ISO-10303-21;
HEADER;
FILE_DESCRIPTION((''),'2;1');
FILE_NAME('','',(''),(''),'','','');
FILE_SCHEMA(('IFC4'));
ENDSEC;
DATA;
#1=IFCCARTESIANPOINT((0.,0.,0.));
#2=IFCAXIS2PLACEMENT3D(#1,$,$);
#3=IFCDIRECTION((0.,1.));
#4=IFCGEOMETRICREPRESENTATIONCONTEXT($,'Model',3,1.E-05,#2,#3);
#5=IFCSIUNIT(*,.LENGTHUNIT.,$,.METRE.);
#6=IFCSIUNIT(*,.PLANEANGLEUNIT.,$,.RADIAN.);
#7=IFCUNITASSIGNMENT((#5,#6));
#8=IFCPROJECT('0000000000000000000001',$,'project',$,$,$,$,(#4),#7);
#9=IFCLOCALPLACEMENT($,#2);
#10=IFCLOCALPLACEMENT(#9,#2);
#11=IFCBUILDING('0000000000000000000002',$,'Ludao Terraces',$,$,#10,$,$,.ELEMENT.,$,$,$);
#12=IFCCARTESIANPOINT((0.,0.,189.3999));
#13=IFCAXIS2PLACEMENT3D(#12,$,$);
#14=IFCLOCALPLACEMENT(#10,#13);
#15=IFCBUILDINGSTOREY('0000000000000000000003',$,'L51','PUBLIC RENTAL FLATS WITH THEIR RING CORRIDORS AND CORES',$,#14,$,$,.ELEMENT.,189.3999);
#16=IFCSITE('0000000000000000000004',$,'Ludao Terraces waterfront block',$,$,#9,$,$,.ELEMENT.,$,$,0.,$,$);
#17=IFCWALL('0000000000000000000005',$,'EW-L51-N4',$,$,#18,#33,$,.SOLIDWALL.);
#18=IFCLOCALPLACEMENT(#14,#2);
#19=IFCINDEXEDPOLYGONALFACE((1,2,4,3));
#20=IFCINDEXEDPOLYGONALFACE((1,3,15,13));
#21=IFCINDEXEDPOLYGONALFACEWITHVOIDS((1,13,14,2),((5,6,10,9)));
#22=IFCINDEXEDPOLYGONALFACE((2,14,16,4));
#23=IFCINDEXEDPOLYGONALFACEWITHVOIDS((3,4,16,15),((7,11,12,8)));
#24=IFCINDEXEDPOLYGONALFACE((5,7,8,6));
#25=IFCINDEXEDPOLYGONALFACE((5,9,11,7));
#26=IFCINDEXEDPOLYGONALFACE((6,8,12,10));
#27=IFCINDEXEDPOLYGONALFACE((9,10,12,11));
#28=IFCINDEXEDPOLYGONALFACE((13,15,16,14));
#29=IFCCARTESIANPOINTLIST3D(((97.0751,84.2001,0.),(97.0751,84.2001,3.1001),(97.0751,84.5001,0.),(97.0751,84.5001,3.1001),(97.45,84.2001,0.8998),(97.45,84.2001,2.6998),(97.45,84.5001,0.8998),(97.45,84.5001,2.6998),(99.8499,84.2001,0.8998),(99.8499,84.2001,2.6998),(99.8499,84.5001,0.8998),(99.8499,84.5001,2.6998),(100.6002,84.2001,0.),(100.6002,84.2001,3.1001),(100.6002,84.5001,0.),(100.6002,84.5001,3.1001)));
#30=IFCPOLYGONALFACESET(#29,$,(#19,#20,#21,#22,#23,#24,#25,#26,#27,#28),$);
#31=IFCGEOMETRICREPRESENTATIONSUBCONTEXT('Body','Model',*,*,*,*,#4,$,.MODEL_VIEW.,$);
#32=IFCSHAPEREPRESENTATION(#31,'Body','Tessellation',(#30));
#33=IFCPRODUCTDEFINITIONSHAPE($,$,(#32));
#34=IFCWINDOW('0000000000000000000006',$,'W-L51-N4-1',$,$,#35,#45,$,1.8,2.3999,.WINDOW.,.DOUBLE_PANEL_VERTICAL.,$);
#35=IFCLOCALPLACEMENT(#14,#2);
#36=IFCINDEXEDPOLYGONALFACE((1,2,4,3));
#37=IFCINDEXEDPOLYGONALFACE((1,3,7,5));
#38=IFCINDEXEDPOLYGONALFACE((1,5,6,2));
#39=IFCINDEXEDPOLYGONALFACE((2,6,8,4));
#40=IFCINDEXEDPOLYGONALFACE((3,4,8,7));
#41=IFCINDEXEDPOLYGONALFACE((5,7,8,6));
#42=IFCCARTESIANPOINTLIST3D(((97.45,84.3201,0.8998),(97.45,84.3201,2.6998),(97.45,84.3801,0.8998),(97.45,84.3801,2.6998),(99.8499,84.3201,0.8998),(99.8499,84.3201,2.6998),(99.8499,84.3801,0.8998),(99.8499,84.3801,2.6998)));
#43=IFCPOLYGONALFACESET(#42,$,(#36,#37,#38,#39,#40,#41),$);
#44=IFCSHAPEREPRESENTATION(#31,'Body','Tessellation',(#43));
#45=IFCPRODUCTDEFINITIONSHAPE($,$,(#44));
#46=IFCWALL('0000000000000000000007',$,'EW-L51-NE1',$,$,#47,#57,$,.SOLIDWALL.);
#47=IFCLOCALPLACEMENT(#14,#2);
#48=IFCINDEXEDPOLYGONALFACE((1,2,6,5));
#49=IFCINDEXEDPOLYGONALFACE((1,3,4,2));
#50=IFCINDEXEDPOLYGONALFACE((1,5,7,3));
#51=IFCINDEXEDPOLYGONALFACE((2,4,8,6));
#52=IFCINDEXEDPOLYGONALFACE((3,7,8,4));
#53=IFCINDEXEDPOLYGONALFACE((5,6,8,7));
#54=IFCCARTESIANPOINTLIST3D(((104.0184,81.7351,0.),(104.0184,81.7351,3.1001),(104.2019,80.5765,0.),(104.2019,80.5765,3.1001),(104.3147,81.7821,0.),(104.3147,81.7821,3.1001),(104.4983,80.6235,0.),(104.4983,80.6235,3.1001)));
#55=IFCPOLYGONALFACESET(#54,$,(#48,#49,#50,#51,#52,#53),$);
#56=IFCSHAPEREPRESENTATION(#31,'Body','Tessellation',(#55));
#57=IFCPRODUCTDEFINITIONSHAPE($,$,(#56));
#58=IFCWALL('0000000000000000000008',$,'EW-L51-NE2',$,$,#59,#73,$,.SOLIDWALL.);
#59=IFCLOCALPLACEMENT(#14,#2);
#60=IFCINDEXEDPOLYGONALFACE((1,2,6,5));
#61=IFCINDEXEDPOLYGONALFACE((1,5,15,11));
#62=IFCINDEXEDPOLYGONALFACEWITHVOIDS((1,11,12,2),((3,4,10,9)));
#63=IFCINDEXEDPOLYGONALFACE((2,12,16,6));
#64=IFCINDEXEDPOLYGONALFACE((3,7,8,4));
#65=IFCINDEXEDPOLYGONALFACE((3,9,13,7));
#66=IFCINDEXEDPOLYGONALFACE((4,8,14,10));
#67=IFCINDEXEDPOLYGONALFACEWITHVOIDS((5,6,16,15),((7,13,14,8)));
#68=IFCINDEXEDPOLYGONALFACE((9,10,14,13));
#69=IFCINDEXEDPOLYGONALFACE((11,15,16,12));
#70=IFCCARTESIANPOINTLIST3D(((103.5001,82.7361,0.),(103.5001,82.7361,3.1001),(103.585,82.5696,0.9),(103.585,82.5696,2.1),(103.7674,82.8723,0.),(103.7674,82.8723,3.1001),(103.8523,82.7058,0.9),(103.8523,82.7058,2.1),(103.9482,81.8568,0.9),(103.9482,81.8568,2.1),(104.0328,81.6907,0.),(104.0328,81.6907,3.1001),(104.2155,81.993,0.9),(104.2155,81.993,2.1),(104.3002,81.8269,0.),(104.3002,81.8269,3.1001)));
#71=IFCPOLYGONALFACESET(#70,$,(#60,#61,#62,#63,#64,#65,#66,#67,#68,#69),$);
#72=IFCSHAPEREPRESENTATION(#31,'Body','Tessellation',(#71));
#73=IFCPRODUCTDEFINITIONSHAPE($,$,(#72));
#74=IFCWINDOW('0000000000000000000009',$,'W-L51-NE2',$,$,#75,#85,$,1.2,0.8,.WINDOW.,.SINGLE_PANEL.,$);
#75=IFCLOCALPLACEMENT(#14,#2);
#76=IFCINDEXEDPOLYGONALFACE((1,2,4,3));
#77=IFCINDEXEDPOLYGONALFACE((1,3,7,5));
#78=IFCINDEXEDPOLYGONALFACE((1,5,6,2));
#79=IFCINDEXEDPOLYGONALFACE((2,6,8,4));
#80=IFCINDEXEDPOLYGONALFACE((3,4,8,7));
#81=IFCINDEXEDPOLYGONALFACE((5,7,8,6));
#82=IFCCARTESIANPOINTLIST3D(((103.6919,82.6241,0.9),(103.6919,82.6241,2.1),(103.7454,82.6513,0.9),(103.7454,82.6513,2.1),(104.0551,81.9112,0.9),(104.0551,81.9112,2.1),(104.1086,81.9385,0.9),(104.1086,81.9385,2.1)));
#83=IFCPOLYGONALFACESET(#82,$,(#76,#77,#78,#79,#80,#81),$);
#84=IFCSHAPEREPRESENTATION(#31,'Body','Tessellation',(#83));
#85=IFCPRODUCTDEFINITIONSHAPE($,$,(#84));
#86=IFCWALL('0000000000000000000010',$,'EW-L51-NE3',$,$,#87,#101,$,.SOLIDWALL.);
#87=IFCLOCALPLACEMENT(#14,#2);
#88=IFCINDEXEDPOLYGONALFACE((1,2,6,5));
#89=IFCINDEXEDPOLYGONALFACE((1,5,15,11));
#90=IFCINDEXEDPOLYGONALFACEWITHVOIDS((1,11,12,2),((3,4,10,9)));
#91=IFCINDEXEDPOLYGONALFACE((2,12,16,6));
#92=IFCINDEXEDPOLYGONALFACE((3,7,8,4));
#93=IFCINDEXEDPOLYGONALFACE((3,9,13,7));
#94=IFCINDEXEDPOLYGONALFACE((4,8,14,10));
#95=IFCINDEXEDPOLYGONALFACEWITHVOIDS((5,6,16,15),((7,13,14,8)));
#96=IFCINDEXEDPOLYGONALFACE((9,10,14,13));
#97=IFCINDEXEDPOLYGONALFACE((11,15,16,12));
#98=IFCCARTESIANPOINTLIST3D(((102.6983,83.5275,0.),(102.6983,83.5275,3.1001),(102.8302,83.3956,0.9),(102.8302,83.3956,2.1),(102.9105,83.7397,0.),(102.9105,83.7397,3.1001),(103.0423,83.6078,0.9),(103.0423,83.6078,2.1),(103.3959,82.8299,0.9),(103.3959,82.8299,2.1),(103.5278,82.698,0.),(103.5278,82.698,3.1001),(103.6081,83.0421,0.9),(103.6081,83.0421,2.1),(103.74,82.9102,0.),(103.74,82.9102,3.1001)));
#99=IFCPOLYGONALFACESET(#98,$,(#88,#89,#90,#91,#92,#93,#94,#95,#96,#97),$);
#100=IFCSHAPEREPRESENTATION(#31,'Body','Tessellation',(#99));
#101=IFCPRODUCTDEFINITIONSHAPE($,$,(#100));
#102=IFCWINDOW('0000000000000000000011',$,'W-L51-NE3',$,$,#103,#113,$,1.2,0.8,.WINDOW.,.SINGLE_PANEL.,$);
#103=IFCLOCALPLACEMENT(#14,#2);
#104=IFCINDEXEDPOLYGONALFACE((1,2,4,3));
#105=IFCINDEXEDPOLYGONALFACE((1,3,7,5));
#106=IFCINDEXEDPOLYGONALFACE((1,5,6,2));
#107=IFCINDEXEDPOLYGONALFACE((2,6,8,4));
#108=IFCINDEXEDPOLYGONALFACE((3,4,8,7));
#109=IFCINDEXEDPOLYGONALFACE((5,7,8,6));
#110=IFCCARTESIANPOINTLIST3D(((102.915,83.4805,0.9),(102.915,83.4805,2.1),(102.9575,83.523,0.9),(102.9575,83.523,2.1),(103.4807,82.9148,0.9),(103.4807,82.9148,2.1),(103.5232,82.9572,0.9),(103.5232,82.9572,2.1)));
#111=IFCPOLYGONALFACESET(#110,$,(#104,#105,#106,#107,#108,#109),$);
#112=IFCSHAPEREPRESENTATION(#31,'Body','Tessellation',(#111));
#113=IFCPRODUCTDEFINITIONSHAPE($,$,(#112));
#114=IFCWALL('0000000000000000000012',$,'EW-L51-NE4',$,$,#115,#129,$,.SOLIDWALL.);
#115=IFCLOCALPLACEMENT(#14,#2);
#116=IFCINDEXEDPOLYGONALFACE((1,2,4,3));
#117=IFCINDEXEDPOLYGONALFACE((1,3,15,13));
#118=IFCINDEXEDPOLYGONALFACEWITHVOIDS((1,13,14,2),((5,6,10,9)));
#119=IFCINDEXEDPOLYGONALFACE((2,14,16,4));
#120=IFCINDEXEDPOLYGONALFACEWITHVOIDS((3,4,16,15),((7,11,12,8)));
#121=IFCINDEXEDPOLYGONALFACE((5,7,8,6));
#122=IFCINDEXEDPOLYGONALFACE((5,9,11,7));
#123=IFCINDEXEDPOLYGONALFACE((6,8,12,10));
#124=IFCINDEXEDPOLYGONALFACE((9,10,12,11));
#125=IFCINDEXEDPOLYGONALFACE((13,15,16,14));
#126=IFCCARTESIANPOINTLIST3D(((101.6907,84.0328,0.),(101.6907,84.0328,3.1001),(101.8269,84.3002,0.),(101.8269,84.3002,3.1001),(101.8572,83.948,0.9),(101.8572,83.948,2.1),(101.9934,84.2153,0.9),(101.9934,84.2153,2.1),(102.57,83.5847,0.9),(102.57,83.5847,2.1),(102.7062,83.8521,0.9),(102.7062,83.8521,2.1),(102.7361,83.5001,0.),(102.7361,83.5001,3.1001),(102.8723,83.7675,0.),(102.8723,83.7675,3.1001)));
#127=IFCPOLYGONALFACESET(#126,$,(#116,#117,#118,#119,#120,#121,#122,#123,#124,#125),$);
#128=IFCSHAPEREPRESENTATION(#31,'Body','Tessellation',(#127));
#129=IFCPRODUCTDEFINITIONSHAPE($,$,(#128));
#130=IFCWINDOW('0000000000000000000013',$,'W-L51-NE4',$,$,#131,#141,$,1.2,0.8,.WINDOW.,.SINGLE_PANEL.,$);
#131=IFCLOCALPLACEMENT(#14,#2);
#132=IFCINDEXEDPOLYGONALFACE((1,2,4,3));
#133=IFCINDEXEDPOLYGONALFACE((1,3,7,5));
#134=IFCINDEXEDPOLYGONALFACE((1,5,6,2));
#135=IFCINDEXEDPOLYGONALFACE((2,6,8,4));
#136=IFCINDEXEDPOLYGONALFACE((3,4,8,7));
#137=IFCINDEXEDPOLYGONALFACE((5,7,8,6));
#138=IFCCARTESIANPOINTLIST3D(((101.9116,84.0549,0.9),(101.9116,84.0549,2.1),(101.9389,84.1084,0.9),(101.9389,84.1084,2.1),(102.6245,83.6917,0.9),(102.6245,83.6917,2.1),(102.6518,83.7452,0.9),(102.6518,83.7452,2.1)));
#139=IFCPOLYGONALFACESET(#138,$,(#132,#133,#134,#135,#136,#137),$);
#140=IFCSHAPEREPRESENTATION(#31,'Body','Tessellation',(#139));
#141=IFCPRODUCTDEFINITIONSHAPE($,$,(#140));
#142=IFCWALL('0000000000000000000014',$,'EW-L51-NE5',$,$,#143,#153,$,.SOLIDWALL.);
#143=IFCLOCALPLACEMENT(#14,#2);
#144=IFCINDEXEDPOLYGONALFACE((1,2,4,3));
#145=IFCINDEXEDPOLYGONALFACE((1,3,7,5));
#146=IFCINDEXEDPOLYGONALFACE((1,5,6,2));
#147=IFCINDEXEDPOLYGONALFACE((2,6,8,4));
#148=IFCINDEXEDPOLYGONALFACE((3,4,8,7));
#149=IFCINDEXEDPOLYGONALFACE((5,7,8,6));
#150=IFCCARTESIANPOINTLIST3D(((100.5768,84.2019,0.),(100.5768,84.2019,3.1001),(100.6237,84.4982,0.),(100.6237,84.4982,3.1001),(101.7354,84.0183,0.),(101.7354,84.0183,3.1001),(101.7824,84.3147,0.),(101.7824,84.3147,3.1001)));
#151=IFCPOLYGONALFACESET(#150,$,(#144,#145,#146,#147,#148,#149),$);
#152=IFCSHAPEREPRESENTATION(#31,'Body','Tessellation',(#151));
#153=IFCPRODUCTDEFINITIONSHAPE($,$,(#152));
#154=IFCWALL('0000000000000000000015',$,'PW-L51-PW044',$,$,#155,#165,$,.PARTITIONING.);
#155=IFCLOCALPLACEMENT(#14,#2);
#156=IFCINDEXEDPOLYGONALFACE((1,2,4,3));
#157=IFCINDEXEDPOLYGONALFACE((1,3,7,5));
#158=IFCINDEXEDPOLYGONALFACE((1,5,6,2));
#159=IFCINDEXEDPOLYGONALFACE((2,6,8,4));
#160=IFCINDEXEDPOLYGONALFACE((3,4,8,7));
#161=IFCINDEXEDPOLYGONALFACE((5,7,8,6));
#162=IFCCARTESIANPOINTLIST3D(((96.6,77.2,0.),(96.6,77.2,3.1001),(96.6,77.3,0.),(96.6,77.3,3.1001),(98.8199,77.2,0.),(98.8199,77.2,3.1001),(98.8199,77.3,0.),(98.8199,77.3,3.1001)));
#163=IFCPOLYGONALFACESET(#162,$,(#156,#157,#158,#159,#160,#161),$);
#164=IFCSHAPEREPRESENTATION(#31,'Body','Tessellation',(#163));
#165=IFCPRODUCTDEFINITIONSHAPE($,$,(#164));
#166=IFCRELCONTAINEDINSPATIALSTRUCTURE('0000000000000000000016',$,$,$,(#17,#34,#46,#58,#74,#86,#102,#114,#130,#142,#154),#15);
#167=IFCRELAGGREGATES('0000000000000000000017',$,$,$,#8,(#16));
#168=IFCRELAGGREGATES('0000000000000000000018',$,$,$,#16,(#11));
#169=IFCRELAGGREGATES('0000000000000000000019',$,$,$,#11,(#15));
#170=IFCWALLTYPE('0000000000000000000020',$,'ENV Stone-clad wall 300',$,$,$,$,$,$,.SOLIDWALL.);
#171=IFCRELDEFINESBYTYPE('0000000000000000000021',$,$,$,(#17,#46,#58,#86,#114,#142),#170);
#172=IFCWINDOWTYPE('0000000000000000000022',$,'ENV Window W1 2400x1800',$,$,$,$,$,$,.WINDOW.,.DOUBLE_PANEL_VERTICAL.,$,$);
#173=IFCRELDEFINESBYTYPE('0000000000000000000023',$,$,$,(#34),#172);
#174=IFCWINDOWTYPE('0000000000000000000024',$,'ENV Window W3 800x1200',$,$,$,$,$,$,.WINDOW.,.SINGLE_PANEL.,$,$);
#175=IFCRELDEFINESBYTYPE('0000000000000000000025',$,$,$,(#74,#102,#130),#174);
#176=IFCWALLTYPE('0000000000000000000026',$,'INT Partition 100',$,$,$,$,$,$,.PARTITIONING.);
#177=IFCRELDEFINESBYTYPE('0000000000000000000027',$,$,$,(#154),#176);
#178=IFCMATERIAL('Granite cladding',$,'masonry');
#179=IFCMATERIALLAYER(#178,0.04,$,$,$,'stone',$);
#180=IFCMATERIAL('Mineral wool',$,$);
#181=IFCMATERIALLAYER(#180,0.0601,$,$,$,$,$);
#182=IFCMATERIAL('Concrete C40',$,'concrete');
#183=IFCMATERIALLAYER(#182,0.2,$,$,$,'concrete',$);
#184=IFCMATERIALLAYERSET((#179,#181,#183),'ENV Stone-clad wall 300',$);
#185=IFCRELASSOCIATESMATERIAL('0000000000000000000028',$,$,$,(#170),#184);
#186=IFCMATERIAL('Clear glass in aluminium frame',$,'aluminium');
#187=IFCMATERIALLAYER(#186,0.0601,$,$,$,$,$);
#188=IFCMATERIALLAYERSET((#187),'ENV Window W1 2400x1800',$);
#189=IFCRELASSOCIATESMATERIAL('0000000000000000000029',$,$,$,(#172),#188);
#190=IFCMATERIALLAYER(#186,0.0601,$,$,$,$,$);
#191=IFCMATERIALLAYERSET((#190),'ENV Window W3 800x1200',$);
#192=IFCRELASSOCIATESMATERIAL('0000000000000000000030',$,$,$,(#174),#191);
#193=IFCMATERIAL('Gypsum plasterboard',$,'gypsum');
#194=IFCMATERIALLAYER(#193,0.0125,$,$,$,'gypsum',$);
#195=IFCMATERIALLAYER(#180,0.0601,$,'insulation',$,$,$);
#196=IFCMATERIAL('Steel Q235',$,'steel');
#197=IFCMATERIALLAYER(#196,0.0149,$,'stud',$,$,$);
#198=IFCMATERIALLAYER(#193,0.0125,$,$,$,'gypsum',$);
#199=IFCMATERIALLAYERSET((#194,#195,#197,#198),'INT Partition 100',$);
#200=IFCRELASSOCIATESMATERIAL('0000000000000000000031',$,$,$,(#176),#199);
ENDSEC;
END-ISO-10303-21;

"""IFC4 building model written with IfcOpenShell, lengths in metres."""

from ifc_helpers import new_model, si_unit, direction, frame, frame_2d, origin, place, context, subcontext, project, spatial, rectangle, extrude, material, layer, layer_set, type_object, element, fill, save


model = new_model("IFC4")

# Units and contexts
model_context = context("Model", 3, precision=1e-05, world=origin(), true_north=direction((0.0, 1.0)))
body_context = subcontext(model_context, "Body", "Model", "MODEL_VIEW")
ifc_project = project(units=[si_unit("LENGTHUNIT", "METRE"), si_unit("PLANEANGLEUNIT", "RADIAN")], contexts=[model_context])

# Site, building, storey
site_placement = place(None, origin())
site = spatial("IfcSite", under=ifc_project, at=site_placement, Name="Ludao Terraces waterfront block", CompositionType="ELEMENT", RefElevation=0.0)
building_placement = place(site_placement, origin())
building = spatial("IfcBuilding", under=site, at=building_placement, Name="Ludao Terraces", CompositionType="ELEMENT")
storey_placement = place(building_placement, frame((0.0, 0.0, 189.3999)))
storey = spatial("IfcBuildingStorey", under=building, at=storey_placement, Name="L51", Description="PUBLIC RENTAL FLATS WITH THEIR RING CORRIDORS AND CORES", CompositionType="ELEMENT", Elevation=189.3999)

# Shared definitions
ifc_material_1 = material(Name="Concrete C40", Category="concrete")

# Shared definitions
ifc_material_2 = material(Name="Steel Q235", Category="steel")

# Shared definitions
ifc_material_3 = material(Name="Granite cladding", Category="masonry")
ifc_layer_1 = layer(ifc_material_3, 0.04, Category="stone")
ifc_material_4 = material(Name="Mineral wool")
ifc_layer_2 = layer(ifc_material_4, 0.0601)
ifc_layer_3 = layer(ifc_material_1, 0.2, Category="concrete")
ifc_layer_set_1 = layer_set([ifc_layer_1, ifc_layer_2, ifc_layer_3], Name="ENV Stone-clad wall 300")
wall_type_1 = type_object("IfcWallType", Name="ENV Stone-clad wall 300", PredefinedType="SOLIDWALL", material=ifc_layer_set_1)
ifc_material_5 = material(Name="Clear glass in aluminium frame", Category="aluminium")
ifc_layer_4 = layer(ifc_material_5, 0.0601)
ifc_layer_set_2 = layer_set([ifc_layer_4], Name="ENV Window W1 2400x1800")
window_type_1 = type_object("IfcWindowType", Name="ENV Window W1 2400x1800", PartitioningType="DOUBLE_PANEL_VERTICAL", PredefinedType="WINDOW", material=ifc_layer_set_2)

# Wall, opening, window
wall_1_placement = place(storey_placement, frame((97.075, 84.3501, 0.0), z_axis=(0.0, 0.0, 1.0), x_axis=(1.0, 0.0, 0.0)))
wall_1 = element("IfcWall", 1, at=wall_1_placement, inside=storey, type_object=wall_type_1, Name="EW-L51-N4", PredefinedType="SOLIDWALL", context=body_context, shape_type="SweptSolid", body=[
    extrude(rectangle(XDim=3.5251, YDim=0.3, at=frame_2d((1.7627, 0.0))), origin(), (0.0, 0.0, 1.0), 3.1001),
])
opening_1_placement = place(wall_1_placement, frame((0.375, 0.0, 0.8999)))
opening_1 = element("IfcOpeningElement", 2, at=opening_1_placement, cuts=wall_1, PredefinedType="OPENING", context=body_context, shape_type="SweptSolid", body=[
    extrude(rectangle(XDim=2.3999, YDim=1.8, at=frame_2d((1.2, 0.8999))), frame((0.0, 0.1602, 0.0), z_axis=(0.0, -1.0, 0.0), x_axis=(1.0, 0.0, 0.0)), (0.0, 0.0, 1.0), 0.3201),
])
window_1_placement = place(opening_1_placement, origin())
window_1 = element("IfcWindow", 3, at=window_1_placement, inside=storey, type_object=window_type_1, Name="W-L51-N4-1", OverallHeight=1.8, OverallWidth=2.3999, PartitioningType="DOUBLE_PANEL_VERTICAL", PredefinedType="WINDOW", context=body_context, shape_type="SweptSolid", body=[
    extrude(rectangle(XDim=2.3999, YDim=1.8, at=frame_2d((1.2, 0.8999))), frame((0.0, 0.03, 0.0), z_axis=(0.0, -1.0, 0.0), x_axis=(1.0, 0.0, 0.0)), (0.0, 0.0, 1.0), 0.0601),
])
fill(opening_1, window_1)

# Wall
wall_2_placement = place(storey_placement, frame((104.3501, 80.6001, 0.0), z_axis=(0.0, 0.0, 1.0), x_axis=(-0.156497, 0.987678, 0.0)))
element("IfcWall", 4, at=wall_2_placement, inside=storey, type_object=wall_type_1, Name="EW-L51-NE1", PredefinedType="SOLIDWALL", context=body_context, shape_type="SweptSolid", body=[
    extrude(rectangle(XDim=1.1731, YDim=0.3, at=frame_2d((0.5864, 0.0))), origin(), (0.0, 0.0, 1.0), 3.1001),
])

# Walls, openings, windows
wall_3_placement = place(storey_placement, frame((104.1665, 81.7588, 0.0), z_axis=(0.0, 0.0, 1.0), x_axis=(-0.454026, 0.890989, 0.0)))
wall_3 = element("IfcWall", 5, at=wall_3_placement, inside=storey, type_object=wall_type_1, Name="EW-L51-NE2", PredefinedType="SOLIDWALL", context=body_context, shape_type="SweptSolid", body=[
    extrude(rectangle(XDim=1.1733, YDim=0.3, at=frame_2d((0.5867, 0.0))), origin(), (0.0, 0.0, 1.0), 3.1001),
])
opening_2_placement = place(wall_3_placement, frame((0.1865, 0.0, 0.8999)))
opening_2 = element("IfcOpeningElement", 6, at=opening_2_placement, cuts=wall_3, PredefinedType="OPENING", context=body_context, shape_type="SweptSolid", body=[
    extrude(rectangle(XDim=0.8, YDim=1.2, at=frame_2d((0.3999, 0.6001))), frame((0.0, 0.1602, 0.0), z_axis=(0.0, -1.0, 0.0), x_axis=(1.0, 0.0, 0.0)), (0.0, 0.0, 1.0), 0.3201),
])
ifc_layer_5 = layer(ifc_material_5, 0.0601)
ifc_layer_set_3 = layer_set([ifc_layer_5], Name="ENV Window W3 800x1200")
window_type_2 = type_object("IfcWindowType", Name="ENV Window W3 800x1200", PartitioningType="SINGLE_PANEL", PredefinedType="WINDOW", material=ifc_layer_set_3)
window_2_placement = place(opening_2_placement, origin())
window_2 = element("IfcWindow", 7, at=window_2_placement, inside=storey, type_object=window_type_2, Name="W-L51-NE2", OverallHeight=1.2, OverallWidth=0.8, PartitioningType="SINGLE_PANEL", PredefinedType="WINDOW", context=body_context, shape_type="SweptSolid", body=[
    extrude(rectangle(XDim=0.8, YDim=1.2, at=frame_2d((0.3999, 0.6001))), frame((0.0, 0.03, 0.0), z_axis=(0.0, -1.0, 0.0), x_axis=(1.0, 0.0, 0.0)), (0.0, 0.0, 1.0), 0.0601),
])
fill(opening_2, window_2)
wall_4_placement = place(storey_placement, frame((103.6338, 82.8042, 0.0), z_axis=(0.0, 0.0, 1.0), x_axis=(-0.707107, 0.707107, 0.0)))
wall_4 = element("IfcWall", 8, at=wall_4_placement, inside=storey, type_object=wall_type_1, Name="EW-L51-NE3", PredefinedType="SOLIDWALL", context=body_context, shape_type="SweptSolid", body=[
    extrude(rectangle(XDim=1.1731, YDim=0.3, at=frame_2d((0.5864, 0.0))), origin(), (0.0, 0.0, 1.0), 3.1001),
])
opening_3_placement = place(wall_4_placement, frame((0.1865, 0.0, 0.8999)))
opening_3 = element("IfcOpeningElement", 9, at=opening_3_placement, cuts=wall_4, PredefinedType="OPENING", context=body_context, shape_type="SweptSolid", body=[
    extrude(rectangle(XDim=0.8, YDim=1.2, at=frame_2d((0.3999, 0.6001))), frame((0.0, 0.1602, 0.0), z_axis=(0.0, -1.0, 0.0), x_axis=(1.0, 0.0, 0.0)), (0.0, 0.0, 1.0), 0.3201),
])
window_3_placement = place(opening_3_placement, origin())
window_3 = element("IfcWindow", 10, at=window_3_placement, inside=storey, type_object=window_type_2, Name="W-L51-NE3", OverallHeight=1.2, OverallWidth=0.8, PartitioningType="SINGLE_PANEL", PredefinedType="WINDOW", context=body_context, shape_type="SweptSolid", body=[
    extrude(rectangle(XDim=0.8, YDim=1.2, at=frame_2d((0.3999, 0.6001))), frame((0.0, 0.03, 0.0), z_axis=(0.0, -1.0, 0.0), x_axis=(1.0, 0.0, 0.0)), (0.0, 0.0, 1.0), 0.0601),
])
fill(opening_3, window_3)
wall_5_placement = place(storey_placement, frame((102.8042, 83.6338, 0.0), z_axis=(0.0, 0.0, 1.0), x_axis=(-0.890989, 0.454026, 0.0)))
wall_5 = element("IfcWall", 11, at=wall_5_placement, inside=storey, type_object=wall_type_1, Name="EW-L51-NE4", PredefinedType="SOLIDWALL", context=body_context, shape_type="SweptSolid", body=[
    extrude(rectangle(XDim=1.1733, YDim=0.3, at=frame_2d((0.5867, 0.0))), origin(), (0.0, 0.0, 1.0), 3.1001),
])
opening_4_placement = place(wall_5_placement, frame((0.1865, 0.0, 0.8999)))
opening_4 = element("IfcOpeningElement", 12, at=opening_4_placement, cuts=wall_5, PredefinedType="OPENING", context=body_context, shape_type="SweptSolid", body=[
    extrude(rectangle(XDim=0.8, YDim=1.2, at=frame_2d((0.3999, 0.6001))), frame((0.0, 0.1602, 0.0), z_axis=(0.0, -1.0, 0.0), x_axis=(1.0, 0.0, 0.0)), (0.0, 0.0, 1.0), 0.3201),
])
window_4_placement = place(opening_4_placement, origin())
window_4 = element("IfcWindow", 13, at=window_4_placement, inside=storey, type_object=window_type_2, Name="W-L51-NE4", OverallHeight=1.2, OverallWidth=0.8, PartitioningType="SINGLE_PANEL", PredefinedType="WINDOW", context=body_context, shape_type="SweptSolid", body=[
    extrude(rectangle(XDim=0.8, YDim=1.2, at=frame_2d((0.3999, 0.6001))), frame((0.0, 0.03, 0.0), z_axis=(0.0, -1.0, 0.0), x_axis=(1.0, 0.0, 0.0)), (0.0, 0.0, 1.0), 0.0601),
])
fill(opening_4, window_4)

# Walls
wall_6_placement = place(storey_placement, frame((101.7588, 84.1665, 0.0), z_axis=(0.0, 0.0, 1.0), x_axis=(-0.987678, 0.156497, 0.0)))
element("IfcWall", 14, at=wall_6_placement, inside=storey, type_object=wall_type_1, Name="EW-L51-NE5", PredefinedType="SOLIDWALL", context=body_context, shape_type="SweptSolid", body=[
    extrude(rectangle(XDim=1.1731, YDim=0.3, at=frame_2d((0.5864, 0.0))), origin(), (0.0, 0.0, 1.0), 3.1001),
])
ifc_material_6 = material(Name="Gypsum plasterboard", Category="gypsum")
ifc_layer_6 = layer(ifc_material_6, 0.0125, Category="gypsum")
ifc_layer_7 = layer(ifc_material_4, 0.0601, Name="insulation")
ifc_layer_8 = layer(ifc_material_2, 0.0149, Name="stud")
ifc_layer_9 = layer(ifc_material_6, 0.0125, Category="gypsum")
ifc_layer_set_4 = layer_set([ifc_layer_6, ifc_layer_7, ifc_layer_8, ifc_layer_9], Name="INT Partition 100")
wall_type_2 = type_object("IfcWallType", Name="INT Partition 100", PredefinedType="PARTITIONING", material=ifc_layer_set_4)
for number, where, z_axis, x_axis, name in (
    (15, (96.6001, 77.25, 0.0), (0.0, 0.0, 1.0), (1.0, 0.0, 0.0), "PW-L51-PW044"),
):
    element("IfcWall", number, at=place(storey_placement, frame(where, z_axis=z_axis, x_axis=x_axis)), inside=storey, type_object=wall_type_2, Name=name, PredefinedType="PARTITIONING", context=body_context, shape_type="SweptSolid", body=[
        extrude(rectangle(XDim=2.22, YDim=0.1001, at=frame_2d((1.1099, 0.0))), origin(), (0.0, 0.0, 1.0), 3.1001),
    ])

save(model, "model.ifc")
